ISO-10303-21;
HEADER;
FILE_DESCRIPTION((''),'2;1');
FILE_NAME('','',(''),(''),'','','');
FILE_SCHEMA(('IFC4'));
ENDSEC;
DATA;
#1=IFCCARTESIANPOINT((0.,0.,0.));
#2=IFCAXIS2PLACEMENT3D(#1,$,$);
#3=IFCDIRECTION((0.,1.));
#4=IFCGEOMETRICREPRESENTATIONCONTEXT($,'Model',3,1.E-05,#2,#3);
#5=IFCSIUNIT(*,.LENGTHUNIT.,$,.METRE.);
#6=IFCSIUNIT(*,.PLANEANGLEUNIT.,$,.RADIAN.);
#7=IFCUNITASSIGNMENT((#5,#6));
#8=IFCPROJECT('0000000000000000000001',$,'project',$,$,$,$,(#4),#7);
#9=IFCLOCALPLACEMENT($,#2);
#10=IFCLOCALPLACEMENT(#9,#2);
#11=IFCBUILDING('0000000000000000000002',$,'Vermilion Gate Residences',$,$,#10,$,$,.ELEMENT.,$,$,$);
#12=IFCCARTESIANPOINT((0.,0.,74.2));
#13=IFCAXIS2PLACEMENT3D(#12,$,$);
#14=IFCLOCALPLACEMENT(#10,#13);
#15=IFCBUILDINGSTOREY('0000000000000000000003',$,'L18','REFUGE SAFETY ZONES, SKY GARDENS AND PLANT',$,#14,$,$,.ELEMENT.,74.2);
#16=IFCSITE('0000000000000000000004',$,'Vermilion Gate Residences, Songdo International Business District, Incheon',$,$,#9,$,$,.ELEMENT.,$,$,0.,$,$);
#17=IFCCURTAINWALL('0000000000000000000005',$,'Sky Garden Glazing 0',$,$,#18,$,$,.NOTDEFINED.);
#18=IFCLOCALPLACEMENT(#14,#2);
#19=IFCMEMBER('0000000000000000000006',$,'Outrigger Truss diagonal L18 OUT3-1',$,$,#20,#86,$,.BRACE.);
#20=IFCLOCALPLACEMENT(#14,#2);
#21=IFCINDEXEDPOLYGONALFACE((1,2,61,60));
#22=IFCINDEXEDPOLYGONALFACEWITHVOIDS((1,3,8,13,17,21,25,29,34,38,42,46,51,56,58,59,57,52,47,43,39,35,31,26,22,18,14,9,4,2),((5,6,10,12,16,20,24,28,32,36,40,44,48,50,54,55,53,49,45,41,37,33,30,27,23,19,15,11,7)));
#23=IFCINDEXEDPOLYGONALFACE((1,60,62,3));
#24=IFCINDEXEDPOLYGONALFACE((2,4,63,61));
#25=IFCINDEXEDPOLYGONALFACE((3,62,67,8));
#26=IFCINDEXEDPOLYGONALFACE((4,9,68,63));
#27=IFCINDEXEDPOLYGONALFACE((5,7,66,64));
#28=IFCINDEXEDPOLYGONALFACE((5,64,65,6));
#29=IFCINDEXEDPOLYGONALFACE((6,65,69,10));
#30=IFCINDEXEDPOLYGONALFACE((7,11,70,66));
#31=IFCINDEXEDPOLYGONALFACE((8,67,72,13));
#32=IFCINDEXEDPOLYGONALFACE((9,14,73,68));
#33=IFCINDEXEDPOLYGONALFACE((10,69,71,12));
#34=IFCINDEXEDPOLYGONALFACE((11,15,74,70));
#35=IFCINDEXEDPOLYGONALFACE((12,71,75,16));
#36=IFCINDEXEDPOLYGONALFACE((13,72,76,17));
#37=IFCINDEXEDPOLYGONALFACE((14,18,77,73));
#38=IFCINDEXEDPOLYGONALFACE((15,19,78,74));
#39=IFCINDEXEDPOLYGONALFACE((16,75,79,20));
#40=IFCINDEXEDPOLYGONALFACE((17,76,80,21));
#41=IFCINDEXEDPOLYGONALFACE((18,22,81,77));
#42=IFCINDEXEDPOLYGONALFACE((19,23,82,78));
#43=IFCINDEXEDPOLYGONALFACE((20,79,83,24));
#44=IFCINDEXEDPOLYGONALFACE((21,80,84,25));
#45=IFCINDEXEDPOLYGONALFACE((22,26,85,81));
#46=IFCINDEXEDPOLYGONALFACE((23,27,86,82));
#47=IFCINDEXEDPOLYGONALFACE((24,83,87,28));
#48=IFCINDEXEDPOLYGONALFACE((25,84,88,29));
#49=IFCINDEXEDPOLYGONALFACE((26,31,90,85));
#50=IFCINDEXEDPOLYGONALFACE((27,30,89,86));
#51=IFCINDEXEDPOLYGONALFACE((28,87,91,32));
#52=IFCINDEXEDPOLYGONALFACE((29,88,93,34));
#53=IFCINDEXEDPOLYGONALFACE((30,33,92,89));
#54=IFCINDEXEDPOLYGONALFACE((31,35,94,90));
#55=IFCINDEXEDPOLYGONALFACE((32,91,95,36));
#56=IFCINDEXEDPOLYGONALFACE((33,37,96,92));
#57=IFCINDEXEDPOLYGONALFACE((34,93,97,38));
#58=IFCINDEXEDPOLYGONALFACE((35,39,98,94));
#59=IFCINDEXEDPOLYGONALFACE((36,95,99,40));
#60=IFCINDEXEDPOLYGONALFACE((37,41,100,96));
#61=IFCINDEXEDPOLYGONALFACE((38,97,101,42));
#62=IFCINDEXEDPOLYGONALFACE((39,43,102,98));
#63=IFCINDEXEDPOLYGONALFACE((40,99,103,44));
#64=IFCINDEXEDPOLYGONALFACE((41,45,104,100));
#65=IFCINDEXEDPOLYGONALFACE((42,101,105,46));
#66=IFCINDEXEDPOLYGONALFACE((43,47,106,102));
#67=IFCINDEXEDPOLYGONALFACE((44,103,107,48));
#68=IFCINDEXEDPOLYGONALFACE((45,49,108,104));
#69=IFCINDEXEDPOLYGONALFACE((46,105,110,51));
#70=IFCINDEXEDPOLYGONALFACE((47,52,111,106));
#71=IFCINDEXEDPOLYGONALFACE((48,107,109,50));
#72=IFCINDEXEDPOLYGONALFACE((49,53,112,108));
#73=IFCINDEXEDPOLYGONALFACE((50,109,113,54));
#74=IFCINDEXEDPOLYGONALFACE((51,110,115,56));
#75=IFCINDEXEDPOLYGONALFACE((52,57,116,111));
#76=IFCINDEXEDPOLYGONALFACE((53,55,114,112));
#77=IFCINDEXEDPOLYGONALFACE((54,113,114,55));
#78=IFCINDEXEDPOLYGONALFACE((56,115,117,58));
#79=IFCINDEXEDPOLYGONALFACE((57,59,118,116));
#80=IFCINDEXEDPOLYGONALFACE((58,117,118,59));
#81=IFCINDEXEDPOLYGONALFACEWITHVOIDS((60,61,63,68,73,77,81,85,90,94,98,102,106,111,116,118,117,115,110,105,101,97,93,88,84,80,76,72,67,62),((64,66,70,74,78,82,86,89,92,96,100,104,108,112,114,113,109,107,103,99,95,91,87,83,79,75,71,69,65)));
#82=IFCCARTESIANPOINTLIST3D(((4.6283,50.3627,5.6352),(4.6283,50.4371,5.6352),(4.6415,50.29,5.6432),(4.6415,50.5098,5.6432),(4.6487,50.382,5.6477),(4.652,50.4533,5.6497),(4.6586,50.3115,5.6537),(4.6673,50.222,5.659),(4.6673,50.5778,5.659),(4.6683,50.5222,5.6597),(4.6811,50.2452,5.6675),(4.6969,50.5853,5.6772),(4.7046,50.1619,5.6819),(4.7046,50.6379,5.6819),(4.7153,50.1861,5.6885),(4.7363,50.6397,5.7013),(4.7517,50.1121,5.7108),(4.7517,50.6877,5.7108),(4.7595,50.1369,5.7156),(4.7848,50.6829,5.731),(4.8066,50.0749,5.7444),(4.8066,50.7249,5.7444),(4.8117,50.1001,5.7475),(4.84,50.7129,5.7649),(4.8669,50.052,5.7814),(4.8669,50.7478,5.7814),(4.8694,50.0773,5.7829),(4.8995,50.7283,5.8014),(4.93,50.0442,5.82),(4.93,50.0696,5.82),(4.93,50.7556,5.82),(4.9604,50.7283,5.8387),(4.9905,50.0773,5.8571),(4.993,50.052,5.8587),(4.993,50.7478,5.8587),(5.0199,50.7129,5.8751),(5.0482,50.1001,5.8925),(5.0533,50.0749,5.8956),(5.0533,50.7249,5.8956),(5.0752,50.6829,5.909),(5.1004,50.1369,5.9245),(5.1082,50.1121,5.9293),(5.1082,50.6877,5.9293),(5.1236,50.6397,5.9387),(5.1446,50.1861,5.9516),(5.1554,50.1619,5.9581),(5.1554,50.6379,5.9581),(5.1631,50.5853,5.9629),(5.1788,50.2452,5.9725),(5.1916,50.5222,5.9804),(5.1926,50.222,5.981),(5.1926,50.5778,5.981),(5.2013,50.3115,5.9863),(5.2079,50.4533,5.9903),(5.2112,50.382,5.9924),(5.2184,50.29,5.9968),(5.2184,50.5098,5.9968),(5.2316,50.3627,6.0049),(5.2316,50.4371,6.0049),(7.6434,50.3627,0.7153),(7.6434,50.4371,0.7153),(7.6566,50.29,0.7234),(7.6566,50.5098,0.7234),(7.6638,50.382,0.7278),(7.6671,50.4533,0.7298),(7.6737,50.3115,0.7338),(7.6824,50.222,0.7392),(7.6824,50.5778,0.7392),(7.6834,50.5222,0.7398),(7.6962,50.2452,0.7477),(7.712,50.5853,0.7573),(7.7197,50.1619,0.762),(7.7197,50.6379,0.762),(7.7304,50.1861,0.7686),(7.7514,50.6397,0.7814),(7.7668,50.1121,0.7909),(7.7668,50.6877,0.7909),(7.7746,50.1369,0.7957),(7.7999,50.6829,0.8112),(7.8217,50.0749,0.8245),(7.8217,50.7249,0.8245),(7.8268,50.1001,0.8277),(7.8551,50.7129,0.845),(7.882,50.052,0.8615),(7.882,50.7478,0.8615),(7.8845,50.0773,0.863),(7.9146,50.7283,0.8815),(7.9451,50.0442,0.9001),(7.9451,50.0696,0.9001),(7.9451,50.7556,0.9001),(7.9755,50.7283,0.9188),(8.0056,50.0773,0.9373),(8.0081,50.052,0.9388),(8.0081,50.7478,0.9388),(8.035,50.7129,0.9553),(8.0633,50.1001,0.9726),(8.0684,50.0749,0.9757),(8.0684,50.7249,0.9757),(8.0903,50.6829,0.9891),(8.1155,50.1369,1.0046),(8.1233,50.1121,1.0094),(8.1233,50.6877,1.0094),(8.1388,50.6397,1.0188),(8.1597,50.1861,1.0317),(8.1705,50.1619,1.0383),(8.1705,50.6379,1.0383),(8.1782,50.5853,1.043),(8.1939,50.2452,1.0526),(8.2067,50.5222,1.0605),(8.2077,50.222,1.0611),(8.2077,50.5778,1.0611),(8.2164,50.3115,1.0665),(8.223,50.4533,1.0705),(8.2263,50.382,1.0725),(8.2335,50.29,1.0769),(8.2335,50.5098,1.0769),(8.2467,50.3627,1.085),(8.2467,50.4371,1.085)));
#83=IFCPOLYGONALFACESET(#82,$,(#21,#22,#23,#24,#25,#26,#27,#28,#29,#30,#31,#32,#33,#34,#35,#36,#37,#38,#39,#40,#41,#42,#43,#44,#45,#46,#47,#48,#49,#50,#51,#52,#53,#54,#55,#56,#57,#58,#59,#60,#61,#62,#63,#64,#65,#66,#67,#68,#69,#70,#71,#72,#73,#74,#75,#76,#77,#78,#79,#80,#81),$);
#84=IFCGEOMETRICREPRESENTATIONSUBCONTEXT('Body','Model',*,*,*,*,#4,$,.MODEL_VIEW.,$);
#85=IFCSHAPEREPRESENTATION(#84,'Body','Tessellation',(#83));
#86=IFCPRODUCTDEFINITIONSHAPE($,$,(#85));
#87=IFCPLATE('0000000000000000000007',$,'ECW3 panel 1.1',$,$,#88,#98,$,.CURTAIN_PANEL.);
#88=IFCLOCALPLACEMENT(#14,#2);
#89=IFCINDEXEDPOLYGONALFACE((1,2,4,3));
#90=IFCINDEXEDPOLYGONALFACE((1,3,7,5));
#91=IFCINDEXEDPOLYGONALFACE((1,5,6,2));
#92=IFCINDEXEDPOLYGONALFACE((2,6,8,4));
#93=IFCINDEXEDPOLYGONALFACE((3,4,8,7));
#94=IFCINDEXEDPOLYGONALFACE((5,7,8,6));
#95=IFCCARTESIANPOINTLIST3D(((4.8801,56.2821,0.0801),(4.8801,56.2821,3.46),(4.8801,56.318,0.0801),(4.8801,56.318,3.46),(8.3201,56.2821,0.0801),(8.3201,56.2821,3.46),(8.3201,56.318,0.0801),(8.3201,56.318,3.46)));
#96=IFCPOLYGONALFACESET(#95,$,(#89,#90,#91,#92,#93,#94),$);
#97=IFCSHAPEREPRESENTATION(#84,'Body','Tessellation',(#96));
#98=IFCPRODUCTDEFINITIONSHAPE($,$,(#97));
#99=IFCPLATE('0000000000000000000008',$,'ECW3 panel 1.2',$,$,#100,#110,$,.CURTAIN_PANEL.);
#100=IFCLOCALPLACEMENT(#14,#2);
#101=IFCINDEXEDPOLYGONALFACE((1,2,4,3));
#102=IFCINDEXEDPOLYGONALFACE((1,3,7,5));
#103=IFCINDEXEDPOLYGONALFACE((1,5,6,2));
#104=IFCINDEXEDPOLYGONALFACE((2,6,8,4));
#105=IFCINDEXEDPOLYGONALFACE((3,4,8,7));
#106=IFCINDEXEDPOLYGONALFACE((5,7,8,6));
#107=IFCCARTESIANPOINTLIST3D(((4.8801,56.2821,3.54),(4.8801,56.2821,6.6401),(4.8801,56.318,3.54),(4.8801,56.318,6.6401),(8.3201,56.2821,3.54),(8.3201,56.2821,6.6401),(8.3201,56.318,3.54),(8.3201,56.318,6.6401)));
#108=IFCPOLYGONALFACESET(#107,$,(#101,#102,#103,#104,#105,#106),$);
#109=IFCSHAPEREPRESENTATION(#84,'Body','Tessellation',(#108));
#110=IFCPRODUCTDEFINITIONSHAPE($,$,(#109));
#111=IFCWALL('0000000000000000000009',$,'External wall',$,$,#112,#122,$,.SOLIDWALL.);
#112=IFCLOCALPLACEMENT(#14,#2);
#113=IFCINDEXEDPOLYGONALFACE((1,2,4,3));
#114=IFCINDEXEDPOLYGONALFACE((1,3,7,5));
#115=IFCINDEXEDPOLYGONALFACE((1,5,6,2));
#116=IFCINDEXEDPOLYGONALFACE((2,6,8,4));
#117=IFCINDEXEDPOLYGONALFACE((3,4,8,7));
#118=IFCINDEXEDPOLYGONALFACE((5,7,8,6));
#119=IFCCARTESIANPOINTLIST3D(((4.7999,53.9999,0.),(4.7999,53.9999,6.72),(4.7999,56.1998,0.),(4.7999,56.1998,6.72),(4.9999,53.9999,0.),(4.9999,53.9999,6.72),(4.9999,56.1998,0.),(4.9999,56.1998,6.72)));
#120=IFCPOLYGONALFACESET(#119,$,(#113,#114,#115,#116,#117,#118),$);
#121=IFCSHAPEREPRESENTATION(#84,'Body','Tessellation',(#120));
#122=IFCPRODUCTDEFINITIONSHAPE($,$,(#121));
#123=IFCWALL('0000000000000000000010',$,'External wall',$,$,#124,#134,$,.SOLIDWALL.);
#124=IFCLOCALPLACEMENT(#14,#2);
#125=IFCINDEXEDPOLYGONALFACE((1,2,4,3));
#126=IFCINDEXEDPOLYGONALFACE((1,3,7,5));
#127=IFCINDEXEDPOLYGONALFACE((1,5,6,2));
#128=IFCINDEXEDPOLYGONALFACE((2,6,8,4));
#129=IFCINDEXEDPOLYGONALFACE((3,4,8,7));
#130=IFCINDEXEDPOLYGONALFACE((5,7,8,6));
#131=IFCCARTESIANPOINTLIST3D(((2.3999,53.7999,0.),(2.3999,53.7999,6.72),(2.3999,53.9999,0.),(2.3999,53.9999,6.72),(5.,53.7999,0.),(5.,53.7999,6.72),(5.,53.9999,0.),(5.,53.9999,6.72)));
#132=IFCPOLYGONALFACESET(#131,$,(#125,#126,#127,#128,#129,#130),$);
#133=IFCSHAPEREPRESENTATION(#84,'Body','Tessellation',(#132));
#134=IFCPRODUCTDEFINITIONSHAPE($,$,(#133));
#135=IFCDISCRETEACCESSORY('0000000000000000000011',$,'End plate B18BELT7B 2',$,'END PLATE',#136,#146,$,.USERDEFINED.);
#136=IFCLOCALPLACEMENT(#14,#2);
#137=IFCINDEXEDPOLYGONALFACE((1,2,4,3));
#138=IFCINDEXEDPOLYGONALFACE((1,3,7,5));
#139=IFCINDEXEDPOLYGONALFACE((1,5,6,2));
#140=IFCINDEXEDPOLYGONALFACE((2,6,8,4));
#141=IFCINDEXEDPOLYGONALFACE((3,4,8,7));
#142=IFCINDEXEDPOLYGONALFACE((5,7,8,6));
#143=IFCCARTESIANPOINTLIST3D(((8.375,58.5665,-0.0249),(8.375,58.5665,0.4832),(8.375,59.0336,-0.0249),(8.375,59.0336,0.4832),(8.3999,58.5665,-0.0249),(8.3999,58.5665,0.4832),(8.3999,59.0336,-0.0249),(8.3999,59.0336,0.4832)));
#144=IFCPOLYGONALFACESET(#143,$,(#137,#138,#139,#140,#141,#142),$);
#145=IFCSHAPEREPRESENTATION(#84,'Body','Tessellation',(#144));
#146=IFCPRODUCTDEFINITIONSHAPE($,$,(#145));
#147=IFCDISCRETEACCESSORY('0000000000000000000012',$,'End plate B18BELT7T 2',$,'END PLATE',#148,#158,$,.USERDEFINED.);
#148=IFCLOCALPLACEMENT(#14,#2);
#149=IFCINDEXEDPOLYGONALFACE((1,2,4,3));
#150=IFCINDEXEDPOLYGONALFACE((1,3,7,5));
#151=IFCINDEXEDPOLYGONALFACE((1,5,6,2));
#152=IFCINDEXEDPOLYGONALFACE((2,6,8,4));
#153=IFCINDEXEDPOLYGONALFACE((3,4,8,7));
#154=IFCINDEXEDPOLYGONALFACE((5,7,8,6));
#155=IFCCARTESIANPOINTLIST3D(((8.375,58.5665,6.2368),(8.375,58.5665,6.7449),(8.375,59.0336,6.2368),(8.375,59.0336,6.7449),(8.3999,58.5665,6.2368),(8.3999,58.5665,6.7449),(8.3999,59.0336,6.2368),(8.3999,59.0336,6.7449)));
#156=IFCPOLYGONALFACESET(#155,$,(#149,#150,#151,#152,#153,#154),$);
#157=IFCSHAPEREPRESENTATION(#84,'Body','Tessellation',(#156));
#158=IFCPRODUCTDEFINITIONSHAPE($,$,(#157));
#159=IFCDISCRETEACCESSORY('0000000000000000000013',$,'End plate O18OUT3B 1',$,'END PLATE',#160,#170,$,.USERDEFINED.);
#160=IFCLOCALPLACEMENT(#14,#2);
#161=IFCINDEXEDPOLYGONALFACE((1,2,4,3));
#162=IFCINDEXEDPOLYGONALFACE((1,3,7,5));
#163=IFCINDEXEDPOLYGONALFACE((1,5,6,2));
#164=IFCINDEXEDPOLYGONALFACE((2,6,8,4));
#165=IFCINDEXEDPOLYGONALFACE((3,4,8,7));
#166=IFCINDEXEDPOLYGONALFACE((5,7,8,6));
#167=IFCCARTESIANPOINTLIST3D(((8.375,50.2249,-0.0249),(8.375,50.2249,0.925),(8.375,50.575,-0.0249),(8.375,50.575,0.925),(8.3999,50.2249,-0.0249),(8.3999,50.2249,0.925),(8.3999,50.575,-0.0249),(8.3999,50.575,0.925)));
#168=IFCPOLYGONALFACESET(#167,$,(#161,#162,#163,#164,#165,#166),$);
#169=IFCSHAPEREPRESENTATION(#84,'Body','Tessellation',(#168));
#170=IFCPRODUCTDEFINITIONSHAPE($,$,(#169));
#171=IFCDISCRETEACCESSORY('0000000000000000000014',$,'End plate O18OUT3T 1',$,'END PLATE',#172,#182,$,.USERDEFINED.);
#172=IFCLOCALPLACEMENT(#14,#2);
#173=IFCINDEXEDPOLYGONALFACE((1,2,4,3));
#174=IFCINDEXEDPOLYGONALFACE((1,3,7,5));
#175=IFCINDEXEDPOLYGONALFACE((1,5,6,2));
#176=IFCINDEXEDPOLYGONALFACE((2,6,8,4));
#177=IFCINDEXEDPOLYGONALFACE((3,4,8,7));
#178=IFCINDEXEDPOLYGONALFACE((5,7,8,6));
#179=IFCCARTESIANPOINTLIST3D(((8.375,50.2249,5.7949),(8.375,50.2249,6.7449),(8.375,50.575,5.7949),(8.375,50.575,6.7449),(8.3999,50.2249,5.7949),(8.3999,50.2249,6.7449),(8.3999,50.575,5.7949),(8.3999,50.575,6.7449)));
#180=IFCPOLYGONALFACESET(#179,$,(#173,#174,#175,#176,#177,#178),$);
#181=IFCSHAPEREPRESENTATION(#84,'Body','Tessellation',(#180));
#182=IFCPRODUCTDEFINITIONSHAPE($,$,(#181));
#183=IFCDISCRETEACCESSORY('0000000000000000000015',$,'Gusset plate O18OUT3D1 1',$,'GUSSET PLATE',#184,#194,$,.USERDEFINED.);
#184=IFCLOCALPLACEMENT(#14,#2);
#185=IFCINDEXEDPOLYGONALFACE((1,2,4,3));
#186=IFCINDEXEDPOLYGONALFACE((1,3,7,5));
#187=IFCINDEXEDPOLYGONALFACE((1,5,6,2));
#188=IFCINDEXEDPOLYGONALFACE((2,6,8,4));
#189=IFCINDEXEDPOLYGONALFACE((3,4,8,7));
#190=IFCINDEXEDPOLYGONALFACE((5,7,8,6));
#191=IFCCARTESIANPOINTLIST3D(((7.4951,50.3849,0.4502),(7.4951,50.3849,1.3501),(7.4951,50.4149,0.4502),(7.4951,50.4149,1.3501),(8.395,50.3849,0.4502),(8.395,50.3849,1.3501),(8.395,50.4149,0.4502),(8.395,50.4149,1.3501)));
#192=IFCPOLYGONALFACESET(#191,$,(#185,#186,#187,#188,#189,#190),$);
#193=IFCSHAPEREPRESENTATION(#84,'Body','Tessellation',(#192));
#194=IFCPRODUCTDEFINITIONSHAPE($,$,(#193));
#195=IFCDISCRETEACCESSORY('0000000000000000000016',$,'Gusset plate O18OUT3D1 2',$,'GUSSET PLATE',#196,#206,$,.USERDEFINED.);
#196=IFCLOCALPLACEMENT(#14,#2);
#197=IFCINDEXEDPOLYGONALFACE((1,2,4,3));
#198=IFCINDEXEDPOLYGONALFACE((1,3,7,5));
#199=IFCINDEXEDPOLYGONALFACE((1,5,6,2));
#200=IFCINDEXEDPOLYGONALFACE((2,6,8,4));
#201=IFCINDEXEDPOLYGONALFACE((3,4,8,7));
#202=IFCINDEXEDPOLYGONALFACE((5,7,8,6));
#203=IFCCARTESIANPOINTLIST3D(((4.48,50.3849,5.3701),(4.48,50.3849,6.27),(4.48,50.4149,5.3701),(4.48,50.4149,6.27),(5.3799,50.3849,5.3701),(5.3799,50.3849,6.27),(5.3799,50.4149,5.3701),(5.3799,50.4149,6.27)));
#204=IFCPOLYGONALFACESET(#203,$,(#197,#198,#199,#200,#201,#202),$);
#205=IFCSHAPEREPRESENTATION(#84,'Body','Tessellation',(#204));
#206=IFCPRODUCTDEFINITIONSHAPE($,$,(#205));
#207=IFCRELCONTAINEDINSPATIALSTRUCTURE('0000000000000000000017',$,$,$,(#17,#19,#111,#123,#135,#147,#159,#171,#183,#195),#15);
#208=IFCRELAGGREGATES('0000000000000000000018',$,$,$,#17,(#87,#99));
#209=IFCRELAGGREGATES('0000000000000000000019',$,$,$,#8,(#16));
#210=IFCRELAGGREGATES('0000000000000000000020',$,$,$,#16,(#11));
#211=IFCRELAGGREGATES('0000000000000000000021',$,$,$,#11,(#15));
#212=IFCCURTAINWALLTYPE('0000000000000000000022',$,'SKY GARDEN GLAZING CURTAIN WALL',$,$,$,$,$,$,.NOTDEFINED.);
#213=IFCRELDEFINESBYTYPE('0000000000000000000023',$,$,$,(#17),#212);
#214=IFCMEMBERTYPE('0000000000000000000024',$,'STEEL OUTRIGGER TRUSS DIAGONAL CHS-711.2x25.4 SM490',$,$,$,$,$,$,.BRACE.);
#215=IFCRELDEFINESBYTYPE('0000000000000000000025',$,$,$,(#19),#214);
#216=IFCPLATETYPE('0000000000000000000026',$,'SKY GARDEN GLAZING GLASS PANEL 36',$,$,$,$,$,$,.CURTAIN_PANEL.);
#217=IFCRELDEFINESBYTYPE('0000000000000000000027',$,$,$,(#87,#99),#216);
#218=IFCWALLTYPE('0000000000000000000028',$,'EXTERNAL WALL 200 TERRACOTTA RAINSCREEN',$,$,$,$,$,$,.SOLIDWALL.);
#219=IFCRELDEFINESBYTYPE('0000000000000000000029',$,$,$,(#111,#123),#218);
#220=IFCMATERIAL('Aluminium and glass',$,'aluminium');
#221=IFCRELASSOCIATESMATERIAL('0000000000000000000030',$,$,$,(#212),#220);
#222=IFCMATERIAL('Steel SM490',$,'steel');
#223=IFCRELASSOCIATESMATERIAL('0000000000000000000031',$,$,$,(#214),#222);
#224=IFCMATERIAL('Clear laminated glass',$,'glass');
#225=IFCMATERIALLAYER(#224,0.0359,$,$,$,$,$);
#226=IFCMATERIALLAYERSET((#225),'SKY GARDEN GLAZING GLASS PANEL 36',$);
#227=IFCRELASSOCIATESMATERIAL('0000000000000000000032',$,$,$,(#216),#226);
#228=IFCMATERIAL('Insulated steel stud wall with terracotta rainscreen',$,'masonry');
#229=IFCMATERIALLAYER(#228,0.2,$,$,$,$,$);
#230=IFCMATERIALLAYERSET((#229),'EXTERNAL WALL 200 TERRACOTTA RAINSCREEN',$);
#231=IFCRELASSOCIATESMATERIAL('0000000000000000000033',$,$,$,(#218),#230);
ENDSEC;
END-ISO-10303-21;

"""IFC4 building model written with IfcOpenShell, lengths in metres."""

from ifc_helpers import new_model, si_unit, direction, frame, frame_2d, origin, origin_2d, place, context, subcontext, project, spatial, rectangle, hollow_circle, extrude, material, layer, layer_set, material_profile, profile_set, type_object, element, aggregate, save


model = new_model("IFC4")

# Units and contexts
model_context = context("Model", 3, precision=1e-05, world=origin(), true_north=direction((0.0, 1.0)))
body_context = subcontext(model_context, "Body", "Model", "MODEL_VIEW")
ifc_project = project(units=[si_unit("LENGTHUNIT", "METRE"), si_unit("PLANEANGLEUNIT", "RADIAN")], contexts=[model_context])

# Site, building, storey
site_placement = place(None, origin())
site = spatial("IfcSite", under=ifc_project, at=site_placement, Name="Vermilion Gate Residences, Songdo International Business District, Incheon", CompositionType="ELEMENT", RefElevation=0.0)
building_placement = place(site_placement, origin())
building = spatial("IfcBuilding", under=site, at=building_placement, Name="Vermilion Gate Residences", CompositionType="ELEMENT")
storey_placement = place(building_placement, frame((0.0, 0.0, 74.2)))
storey = spatial("IfcBuildingStorey", under=building, at=storey_placement, Name="L18", Description="REFUGE SAFETY ZONES, SKY GARDENS AND PLANT", CompositionType="ELEMENT", Elevation=74.2)

# Curtain wall
ifc_material_1 = material(Name="Aluminium and glass", Category="aluminium")
curtain_wall_type = type_object("IfcCurtainWallType", Name="SKY GARDEN GLAZING CURTAIN WALL", PredefinedType="NOTDEFINED", material=ifc_material_1)
curtain_wall_1_placement = place(storey_placement, origin())
curtain_wall_1 = element("IfcCurtainWall", 1, at=curtain_wall_1_placement, inside=storey, type_object=curtain_wall_type, Name="Sky Garden Glazing 0", PredefinedType="NOTDEFINED")

# Member
ifc_material_2 = material(Name="Steel SM490", Category="steel")
ifc_material_profile_1 = material_profile(ifc_material_2, hollow_circle(Radius=0.3557, WallThickness=0.0254, at=origin_2d()), Name="CHS-711.2x25.4")
ifc_profile_set_1 = profile_set([ifc_material_profile_1], Name="Steel SM490")
member_type_1 = type_object("IfcMemberType", Name="STEEL OUTRIGGER TRUSS DIAGONAL CHS-711.2x25.4 SM490", PredefinedType="BRACE", material=ifc_profile_set_1)
member_1_placement = place(storey_placement, frame((7.9451, 50.3999, 0.9001), z_axis=(-0.522524, 0.0, 0.852624), x_axis=(0.0, -1.0, 0.0)))
element("IfcMember", 2, at=member_1_placement, inside=storey, type_object=member_type_1, Name="Outrigger Truss diagonal L18 OUT3-1", PredefinedType="BRACE", context=body_context, shape_type="SweptSolid", body=[
    extrude(hollow_circle(Radius=0.3557, WallThickness=0.0254, at=origin_2d()), origin(), (0.0, 0.0, 1.0), 5.7703),
])

# Plates
ifc_material_3 = material(Name="Clear laminated glass", Category="glass")
ifc_layer_1 = layer(ifc_material_3, 0.0359)
ifc_layer_set_1 = layer_set([ifc_layer_1], Name="SKY GARDEN GLAZING GLASS PANEL 36")
plate_type = type_object("IfcPlateType", Name="SKY GARDEN GLAZING GLASS PANEL 36", PredefinedType="CURTAIN_PANEL", material=ifc_layer_set_1)
plate_1_placement = place(storey_placement, frame((6.6001, 56.3, 0.0801), z_axis=(0.0, 0.0, 1.0), x_axis=(-1.0, 0.0, 0.0)))
plate_1 = element("IfcPlate", 3, at=plate_1_placement, type_object=plate_type, Name="ECW3 panel 1.1", PredefinedType="CURTAIN_PANEL", context=body_context, shape_type="SweptSolid", body=[
    extrude(rectangle(XDim=3.4399, YDim=0.0359, at=origin_2d()), origin(), (0.0, 0.0, 1.0), 3.3799),
])
plate_2_placement = place(storey_placement, frame((6.6001, 56.3, 3.54), z_axis=(0.0, 0.0, 1.0), x_axis=(-1.0, 0.0, 0.0)))
plate_2 = element("IfcPlate", 4, at=plate_2_placement, type_object=plate_type, Name="ECW3 panel 1.2", PredefinedType="CURTAIN_PANEL", context=body_context, shape_type="SweptSolid", body=[
    extrude(rectangle(XDim=3.4399, YDim=0.0359, at=origin_2d()), origin(), (0.0, 0.0, 1.0), 3.1001),
])
aggregate(curtain_wall_1, [plate_1, plate_2])

# Walls
ifc_material_4 = material(Name="Insulated steel stud wall with terracotta rainscreen", Category="masonry")
ifc_layer_2 = layer(ifc_material_4, 0.2)
ifc_layer_set_2 = layer_set([ifc_layer_2], Name="EXTERNAL WALL 200 TERRACOTTA RAINSCREEN")
wall_type = type_object("IfcWallType", Name="EXTERNAL WALL 200 TERRACOTTA RAINSCREEN", PredefinedType="SOLIDWALL", material=ifc_layer_set_2)
wall_1_placement = place(storey_placement, frame((4.8999, 56.2, 0.0), z_axis=(0.0, 0.0, 1.0), x_axis=(0.0, -1.0, 0.0)))
element("IfcWall", 5, at=wall_1_placement, inside=storey, type_object=wall_type, Name="External wall", PredefinedType="SOLIDWALL", context=body_context, shape_type="SweptSolid", body=[
    extrude(rectangle(XDim=2.2, YDim=0.2, at=frame_2d((1.1001, 0.0))), origin(), (0.0, 0.0, 1.0), 6.72),
])
wall_2_placement = place(storey_placement, frame((5.0, 53.8999, 0.0), z_axis=(0.0, 0.0, 1.0), x_axis=(-1.0, 0.0, 0.0)))
element("IfcWall", 6, at=wall_2_placement, inside=storey, type_object=wall_type, Name="External wall", PredefinedType="SOLIDWALL", context=body_context, shape_type="SweptSolid", body=[
    extrude(rectangle(XDim=2.6001, YDim=0.2, at=frame_2d((1.3, 0.0))), origin(), (0.0, 0.0, 1.0), 6.72),
])

# Discrete accessories
for number, where, z_axis, x_axis, name in (
    (7, (8.3875, 58.8, -0.0249), (0.0, 0.0, 1.0), (1.0, 0.0, 0.0), "End plate B18BELT7B 2"),
    (8, (8.3875, 58.8, 6.2368), (0.0, 0.0, 1.0), (1.0, 0.0, 0.0), "End plate B18BELT7T 2"),
):
    element("IfcDiscreteAccessory", number, at=place(storey_placement, frame(where, z_axis=z_axis, x_axis=x_axis)), inside=storey, Name=name, ObjectType="END PLATE", PredefinedType="USERDEFINED", context=body_context, shape_type="SweptSolid", body=[
        extrude(rectangle(XDim=0.0249, YDim=0.467, at=origin_2d()), origin(), (0.0, 0.0, 1.0), 0.5081),
    ])
for number, where, z_axis, x_axis, name in (
    (9, (8.3875, 50.3999, -0.0249), (0.0, 0.0, 1.0), (1.0, 0.0, 0.0), "End plate O18OUT3B 1"),
    (10, (8.3875, 50.3999, 5.7949), (0.0, 0.0, 1.0), (1.0, 0.0, 0.0), "End plate O18OUT3T 1"),
):
    element("IfcDiscreteAccessory", number, at=place(storey_placement, frame(where, z_axis=z_axis, x_axis=x_axis)), inside=storey, Name=name, ObjectType="END PLATE", PredefinedType="USERDEFINED", context=body_context, shape_type="SweptSolid", body=[
        extrude(rectangle(XDim=0.0249, YDim=0.3501, at=origin_2d()), origin(), (0.0, 0.0, 1.0), 0.95),
    ])
for number, where, z_axis, x_axis, name in (
    (11, (7.9451, 50.3999, 0.4502), (0.0, 0.0, 1.0), (1.0, 0.0, 0.0), "Gusset plate O18OUT3D1 1"),
    (12, (4.9299, 50.3999, 5.3701), (0.0, 0.0, 1.0), (1.0, 0.0, 0.0), "Gusset plate O18OUT3D1 2"),
):
    element("IfcDiscreteAccessory", number, at=place(storey_placement, frame(where, z_axis=z_axis, x_axis=x_axis)), inside=storey, Name=name, ObjectType="GUSSET PLATE", PredefinedType="USERDEFINED", context=body_context, shape_type="SweptSolid", body=[
        extrude(rectangle(XDim=0.8999, YDim=0.03, at=origin_2d()), origin(), (0.0, 0.0, 1.0), 0.8999),
    ])

save(model, "model.ifc")
